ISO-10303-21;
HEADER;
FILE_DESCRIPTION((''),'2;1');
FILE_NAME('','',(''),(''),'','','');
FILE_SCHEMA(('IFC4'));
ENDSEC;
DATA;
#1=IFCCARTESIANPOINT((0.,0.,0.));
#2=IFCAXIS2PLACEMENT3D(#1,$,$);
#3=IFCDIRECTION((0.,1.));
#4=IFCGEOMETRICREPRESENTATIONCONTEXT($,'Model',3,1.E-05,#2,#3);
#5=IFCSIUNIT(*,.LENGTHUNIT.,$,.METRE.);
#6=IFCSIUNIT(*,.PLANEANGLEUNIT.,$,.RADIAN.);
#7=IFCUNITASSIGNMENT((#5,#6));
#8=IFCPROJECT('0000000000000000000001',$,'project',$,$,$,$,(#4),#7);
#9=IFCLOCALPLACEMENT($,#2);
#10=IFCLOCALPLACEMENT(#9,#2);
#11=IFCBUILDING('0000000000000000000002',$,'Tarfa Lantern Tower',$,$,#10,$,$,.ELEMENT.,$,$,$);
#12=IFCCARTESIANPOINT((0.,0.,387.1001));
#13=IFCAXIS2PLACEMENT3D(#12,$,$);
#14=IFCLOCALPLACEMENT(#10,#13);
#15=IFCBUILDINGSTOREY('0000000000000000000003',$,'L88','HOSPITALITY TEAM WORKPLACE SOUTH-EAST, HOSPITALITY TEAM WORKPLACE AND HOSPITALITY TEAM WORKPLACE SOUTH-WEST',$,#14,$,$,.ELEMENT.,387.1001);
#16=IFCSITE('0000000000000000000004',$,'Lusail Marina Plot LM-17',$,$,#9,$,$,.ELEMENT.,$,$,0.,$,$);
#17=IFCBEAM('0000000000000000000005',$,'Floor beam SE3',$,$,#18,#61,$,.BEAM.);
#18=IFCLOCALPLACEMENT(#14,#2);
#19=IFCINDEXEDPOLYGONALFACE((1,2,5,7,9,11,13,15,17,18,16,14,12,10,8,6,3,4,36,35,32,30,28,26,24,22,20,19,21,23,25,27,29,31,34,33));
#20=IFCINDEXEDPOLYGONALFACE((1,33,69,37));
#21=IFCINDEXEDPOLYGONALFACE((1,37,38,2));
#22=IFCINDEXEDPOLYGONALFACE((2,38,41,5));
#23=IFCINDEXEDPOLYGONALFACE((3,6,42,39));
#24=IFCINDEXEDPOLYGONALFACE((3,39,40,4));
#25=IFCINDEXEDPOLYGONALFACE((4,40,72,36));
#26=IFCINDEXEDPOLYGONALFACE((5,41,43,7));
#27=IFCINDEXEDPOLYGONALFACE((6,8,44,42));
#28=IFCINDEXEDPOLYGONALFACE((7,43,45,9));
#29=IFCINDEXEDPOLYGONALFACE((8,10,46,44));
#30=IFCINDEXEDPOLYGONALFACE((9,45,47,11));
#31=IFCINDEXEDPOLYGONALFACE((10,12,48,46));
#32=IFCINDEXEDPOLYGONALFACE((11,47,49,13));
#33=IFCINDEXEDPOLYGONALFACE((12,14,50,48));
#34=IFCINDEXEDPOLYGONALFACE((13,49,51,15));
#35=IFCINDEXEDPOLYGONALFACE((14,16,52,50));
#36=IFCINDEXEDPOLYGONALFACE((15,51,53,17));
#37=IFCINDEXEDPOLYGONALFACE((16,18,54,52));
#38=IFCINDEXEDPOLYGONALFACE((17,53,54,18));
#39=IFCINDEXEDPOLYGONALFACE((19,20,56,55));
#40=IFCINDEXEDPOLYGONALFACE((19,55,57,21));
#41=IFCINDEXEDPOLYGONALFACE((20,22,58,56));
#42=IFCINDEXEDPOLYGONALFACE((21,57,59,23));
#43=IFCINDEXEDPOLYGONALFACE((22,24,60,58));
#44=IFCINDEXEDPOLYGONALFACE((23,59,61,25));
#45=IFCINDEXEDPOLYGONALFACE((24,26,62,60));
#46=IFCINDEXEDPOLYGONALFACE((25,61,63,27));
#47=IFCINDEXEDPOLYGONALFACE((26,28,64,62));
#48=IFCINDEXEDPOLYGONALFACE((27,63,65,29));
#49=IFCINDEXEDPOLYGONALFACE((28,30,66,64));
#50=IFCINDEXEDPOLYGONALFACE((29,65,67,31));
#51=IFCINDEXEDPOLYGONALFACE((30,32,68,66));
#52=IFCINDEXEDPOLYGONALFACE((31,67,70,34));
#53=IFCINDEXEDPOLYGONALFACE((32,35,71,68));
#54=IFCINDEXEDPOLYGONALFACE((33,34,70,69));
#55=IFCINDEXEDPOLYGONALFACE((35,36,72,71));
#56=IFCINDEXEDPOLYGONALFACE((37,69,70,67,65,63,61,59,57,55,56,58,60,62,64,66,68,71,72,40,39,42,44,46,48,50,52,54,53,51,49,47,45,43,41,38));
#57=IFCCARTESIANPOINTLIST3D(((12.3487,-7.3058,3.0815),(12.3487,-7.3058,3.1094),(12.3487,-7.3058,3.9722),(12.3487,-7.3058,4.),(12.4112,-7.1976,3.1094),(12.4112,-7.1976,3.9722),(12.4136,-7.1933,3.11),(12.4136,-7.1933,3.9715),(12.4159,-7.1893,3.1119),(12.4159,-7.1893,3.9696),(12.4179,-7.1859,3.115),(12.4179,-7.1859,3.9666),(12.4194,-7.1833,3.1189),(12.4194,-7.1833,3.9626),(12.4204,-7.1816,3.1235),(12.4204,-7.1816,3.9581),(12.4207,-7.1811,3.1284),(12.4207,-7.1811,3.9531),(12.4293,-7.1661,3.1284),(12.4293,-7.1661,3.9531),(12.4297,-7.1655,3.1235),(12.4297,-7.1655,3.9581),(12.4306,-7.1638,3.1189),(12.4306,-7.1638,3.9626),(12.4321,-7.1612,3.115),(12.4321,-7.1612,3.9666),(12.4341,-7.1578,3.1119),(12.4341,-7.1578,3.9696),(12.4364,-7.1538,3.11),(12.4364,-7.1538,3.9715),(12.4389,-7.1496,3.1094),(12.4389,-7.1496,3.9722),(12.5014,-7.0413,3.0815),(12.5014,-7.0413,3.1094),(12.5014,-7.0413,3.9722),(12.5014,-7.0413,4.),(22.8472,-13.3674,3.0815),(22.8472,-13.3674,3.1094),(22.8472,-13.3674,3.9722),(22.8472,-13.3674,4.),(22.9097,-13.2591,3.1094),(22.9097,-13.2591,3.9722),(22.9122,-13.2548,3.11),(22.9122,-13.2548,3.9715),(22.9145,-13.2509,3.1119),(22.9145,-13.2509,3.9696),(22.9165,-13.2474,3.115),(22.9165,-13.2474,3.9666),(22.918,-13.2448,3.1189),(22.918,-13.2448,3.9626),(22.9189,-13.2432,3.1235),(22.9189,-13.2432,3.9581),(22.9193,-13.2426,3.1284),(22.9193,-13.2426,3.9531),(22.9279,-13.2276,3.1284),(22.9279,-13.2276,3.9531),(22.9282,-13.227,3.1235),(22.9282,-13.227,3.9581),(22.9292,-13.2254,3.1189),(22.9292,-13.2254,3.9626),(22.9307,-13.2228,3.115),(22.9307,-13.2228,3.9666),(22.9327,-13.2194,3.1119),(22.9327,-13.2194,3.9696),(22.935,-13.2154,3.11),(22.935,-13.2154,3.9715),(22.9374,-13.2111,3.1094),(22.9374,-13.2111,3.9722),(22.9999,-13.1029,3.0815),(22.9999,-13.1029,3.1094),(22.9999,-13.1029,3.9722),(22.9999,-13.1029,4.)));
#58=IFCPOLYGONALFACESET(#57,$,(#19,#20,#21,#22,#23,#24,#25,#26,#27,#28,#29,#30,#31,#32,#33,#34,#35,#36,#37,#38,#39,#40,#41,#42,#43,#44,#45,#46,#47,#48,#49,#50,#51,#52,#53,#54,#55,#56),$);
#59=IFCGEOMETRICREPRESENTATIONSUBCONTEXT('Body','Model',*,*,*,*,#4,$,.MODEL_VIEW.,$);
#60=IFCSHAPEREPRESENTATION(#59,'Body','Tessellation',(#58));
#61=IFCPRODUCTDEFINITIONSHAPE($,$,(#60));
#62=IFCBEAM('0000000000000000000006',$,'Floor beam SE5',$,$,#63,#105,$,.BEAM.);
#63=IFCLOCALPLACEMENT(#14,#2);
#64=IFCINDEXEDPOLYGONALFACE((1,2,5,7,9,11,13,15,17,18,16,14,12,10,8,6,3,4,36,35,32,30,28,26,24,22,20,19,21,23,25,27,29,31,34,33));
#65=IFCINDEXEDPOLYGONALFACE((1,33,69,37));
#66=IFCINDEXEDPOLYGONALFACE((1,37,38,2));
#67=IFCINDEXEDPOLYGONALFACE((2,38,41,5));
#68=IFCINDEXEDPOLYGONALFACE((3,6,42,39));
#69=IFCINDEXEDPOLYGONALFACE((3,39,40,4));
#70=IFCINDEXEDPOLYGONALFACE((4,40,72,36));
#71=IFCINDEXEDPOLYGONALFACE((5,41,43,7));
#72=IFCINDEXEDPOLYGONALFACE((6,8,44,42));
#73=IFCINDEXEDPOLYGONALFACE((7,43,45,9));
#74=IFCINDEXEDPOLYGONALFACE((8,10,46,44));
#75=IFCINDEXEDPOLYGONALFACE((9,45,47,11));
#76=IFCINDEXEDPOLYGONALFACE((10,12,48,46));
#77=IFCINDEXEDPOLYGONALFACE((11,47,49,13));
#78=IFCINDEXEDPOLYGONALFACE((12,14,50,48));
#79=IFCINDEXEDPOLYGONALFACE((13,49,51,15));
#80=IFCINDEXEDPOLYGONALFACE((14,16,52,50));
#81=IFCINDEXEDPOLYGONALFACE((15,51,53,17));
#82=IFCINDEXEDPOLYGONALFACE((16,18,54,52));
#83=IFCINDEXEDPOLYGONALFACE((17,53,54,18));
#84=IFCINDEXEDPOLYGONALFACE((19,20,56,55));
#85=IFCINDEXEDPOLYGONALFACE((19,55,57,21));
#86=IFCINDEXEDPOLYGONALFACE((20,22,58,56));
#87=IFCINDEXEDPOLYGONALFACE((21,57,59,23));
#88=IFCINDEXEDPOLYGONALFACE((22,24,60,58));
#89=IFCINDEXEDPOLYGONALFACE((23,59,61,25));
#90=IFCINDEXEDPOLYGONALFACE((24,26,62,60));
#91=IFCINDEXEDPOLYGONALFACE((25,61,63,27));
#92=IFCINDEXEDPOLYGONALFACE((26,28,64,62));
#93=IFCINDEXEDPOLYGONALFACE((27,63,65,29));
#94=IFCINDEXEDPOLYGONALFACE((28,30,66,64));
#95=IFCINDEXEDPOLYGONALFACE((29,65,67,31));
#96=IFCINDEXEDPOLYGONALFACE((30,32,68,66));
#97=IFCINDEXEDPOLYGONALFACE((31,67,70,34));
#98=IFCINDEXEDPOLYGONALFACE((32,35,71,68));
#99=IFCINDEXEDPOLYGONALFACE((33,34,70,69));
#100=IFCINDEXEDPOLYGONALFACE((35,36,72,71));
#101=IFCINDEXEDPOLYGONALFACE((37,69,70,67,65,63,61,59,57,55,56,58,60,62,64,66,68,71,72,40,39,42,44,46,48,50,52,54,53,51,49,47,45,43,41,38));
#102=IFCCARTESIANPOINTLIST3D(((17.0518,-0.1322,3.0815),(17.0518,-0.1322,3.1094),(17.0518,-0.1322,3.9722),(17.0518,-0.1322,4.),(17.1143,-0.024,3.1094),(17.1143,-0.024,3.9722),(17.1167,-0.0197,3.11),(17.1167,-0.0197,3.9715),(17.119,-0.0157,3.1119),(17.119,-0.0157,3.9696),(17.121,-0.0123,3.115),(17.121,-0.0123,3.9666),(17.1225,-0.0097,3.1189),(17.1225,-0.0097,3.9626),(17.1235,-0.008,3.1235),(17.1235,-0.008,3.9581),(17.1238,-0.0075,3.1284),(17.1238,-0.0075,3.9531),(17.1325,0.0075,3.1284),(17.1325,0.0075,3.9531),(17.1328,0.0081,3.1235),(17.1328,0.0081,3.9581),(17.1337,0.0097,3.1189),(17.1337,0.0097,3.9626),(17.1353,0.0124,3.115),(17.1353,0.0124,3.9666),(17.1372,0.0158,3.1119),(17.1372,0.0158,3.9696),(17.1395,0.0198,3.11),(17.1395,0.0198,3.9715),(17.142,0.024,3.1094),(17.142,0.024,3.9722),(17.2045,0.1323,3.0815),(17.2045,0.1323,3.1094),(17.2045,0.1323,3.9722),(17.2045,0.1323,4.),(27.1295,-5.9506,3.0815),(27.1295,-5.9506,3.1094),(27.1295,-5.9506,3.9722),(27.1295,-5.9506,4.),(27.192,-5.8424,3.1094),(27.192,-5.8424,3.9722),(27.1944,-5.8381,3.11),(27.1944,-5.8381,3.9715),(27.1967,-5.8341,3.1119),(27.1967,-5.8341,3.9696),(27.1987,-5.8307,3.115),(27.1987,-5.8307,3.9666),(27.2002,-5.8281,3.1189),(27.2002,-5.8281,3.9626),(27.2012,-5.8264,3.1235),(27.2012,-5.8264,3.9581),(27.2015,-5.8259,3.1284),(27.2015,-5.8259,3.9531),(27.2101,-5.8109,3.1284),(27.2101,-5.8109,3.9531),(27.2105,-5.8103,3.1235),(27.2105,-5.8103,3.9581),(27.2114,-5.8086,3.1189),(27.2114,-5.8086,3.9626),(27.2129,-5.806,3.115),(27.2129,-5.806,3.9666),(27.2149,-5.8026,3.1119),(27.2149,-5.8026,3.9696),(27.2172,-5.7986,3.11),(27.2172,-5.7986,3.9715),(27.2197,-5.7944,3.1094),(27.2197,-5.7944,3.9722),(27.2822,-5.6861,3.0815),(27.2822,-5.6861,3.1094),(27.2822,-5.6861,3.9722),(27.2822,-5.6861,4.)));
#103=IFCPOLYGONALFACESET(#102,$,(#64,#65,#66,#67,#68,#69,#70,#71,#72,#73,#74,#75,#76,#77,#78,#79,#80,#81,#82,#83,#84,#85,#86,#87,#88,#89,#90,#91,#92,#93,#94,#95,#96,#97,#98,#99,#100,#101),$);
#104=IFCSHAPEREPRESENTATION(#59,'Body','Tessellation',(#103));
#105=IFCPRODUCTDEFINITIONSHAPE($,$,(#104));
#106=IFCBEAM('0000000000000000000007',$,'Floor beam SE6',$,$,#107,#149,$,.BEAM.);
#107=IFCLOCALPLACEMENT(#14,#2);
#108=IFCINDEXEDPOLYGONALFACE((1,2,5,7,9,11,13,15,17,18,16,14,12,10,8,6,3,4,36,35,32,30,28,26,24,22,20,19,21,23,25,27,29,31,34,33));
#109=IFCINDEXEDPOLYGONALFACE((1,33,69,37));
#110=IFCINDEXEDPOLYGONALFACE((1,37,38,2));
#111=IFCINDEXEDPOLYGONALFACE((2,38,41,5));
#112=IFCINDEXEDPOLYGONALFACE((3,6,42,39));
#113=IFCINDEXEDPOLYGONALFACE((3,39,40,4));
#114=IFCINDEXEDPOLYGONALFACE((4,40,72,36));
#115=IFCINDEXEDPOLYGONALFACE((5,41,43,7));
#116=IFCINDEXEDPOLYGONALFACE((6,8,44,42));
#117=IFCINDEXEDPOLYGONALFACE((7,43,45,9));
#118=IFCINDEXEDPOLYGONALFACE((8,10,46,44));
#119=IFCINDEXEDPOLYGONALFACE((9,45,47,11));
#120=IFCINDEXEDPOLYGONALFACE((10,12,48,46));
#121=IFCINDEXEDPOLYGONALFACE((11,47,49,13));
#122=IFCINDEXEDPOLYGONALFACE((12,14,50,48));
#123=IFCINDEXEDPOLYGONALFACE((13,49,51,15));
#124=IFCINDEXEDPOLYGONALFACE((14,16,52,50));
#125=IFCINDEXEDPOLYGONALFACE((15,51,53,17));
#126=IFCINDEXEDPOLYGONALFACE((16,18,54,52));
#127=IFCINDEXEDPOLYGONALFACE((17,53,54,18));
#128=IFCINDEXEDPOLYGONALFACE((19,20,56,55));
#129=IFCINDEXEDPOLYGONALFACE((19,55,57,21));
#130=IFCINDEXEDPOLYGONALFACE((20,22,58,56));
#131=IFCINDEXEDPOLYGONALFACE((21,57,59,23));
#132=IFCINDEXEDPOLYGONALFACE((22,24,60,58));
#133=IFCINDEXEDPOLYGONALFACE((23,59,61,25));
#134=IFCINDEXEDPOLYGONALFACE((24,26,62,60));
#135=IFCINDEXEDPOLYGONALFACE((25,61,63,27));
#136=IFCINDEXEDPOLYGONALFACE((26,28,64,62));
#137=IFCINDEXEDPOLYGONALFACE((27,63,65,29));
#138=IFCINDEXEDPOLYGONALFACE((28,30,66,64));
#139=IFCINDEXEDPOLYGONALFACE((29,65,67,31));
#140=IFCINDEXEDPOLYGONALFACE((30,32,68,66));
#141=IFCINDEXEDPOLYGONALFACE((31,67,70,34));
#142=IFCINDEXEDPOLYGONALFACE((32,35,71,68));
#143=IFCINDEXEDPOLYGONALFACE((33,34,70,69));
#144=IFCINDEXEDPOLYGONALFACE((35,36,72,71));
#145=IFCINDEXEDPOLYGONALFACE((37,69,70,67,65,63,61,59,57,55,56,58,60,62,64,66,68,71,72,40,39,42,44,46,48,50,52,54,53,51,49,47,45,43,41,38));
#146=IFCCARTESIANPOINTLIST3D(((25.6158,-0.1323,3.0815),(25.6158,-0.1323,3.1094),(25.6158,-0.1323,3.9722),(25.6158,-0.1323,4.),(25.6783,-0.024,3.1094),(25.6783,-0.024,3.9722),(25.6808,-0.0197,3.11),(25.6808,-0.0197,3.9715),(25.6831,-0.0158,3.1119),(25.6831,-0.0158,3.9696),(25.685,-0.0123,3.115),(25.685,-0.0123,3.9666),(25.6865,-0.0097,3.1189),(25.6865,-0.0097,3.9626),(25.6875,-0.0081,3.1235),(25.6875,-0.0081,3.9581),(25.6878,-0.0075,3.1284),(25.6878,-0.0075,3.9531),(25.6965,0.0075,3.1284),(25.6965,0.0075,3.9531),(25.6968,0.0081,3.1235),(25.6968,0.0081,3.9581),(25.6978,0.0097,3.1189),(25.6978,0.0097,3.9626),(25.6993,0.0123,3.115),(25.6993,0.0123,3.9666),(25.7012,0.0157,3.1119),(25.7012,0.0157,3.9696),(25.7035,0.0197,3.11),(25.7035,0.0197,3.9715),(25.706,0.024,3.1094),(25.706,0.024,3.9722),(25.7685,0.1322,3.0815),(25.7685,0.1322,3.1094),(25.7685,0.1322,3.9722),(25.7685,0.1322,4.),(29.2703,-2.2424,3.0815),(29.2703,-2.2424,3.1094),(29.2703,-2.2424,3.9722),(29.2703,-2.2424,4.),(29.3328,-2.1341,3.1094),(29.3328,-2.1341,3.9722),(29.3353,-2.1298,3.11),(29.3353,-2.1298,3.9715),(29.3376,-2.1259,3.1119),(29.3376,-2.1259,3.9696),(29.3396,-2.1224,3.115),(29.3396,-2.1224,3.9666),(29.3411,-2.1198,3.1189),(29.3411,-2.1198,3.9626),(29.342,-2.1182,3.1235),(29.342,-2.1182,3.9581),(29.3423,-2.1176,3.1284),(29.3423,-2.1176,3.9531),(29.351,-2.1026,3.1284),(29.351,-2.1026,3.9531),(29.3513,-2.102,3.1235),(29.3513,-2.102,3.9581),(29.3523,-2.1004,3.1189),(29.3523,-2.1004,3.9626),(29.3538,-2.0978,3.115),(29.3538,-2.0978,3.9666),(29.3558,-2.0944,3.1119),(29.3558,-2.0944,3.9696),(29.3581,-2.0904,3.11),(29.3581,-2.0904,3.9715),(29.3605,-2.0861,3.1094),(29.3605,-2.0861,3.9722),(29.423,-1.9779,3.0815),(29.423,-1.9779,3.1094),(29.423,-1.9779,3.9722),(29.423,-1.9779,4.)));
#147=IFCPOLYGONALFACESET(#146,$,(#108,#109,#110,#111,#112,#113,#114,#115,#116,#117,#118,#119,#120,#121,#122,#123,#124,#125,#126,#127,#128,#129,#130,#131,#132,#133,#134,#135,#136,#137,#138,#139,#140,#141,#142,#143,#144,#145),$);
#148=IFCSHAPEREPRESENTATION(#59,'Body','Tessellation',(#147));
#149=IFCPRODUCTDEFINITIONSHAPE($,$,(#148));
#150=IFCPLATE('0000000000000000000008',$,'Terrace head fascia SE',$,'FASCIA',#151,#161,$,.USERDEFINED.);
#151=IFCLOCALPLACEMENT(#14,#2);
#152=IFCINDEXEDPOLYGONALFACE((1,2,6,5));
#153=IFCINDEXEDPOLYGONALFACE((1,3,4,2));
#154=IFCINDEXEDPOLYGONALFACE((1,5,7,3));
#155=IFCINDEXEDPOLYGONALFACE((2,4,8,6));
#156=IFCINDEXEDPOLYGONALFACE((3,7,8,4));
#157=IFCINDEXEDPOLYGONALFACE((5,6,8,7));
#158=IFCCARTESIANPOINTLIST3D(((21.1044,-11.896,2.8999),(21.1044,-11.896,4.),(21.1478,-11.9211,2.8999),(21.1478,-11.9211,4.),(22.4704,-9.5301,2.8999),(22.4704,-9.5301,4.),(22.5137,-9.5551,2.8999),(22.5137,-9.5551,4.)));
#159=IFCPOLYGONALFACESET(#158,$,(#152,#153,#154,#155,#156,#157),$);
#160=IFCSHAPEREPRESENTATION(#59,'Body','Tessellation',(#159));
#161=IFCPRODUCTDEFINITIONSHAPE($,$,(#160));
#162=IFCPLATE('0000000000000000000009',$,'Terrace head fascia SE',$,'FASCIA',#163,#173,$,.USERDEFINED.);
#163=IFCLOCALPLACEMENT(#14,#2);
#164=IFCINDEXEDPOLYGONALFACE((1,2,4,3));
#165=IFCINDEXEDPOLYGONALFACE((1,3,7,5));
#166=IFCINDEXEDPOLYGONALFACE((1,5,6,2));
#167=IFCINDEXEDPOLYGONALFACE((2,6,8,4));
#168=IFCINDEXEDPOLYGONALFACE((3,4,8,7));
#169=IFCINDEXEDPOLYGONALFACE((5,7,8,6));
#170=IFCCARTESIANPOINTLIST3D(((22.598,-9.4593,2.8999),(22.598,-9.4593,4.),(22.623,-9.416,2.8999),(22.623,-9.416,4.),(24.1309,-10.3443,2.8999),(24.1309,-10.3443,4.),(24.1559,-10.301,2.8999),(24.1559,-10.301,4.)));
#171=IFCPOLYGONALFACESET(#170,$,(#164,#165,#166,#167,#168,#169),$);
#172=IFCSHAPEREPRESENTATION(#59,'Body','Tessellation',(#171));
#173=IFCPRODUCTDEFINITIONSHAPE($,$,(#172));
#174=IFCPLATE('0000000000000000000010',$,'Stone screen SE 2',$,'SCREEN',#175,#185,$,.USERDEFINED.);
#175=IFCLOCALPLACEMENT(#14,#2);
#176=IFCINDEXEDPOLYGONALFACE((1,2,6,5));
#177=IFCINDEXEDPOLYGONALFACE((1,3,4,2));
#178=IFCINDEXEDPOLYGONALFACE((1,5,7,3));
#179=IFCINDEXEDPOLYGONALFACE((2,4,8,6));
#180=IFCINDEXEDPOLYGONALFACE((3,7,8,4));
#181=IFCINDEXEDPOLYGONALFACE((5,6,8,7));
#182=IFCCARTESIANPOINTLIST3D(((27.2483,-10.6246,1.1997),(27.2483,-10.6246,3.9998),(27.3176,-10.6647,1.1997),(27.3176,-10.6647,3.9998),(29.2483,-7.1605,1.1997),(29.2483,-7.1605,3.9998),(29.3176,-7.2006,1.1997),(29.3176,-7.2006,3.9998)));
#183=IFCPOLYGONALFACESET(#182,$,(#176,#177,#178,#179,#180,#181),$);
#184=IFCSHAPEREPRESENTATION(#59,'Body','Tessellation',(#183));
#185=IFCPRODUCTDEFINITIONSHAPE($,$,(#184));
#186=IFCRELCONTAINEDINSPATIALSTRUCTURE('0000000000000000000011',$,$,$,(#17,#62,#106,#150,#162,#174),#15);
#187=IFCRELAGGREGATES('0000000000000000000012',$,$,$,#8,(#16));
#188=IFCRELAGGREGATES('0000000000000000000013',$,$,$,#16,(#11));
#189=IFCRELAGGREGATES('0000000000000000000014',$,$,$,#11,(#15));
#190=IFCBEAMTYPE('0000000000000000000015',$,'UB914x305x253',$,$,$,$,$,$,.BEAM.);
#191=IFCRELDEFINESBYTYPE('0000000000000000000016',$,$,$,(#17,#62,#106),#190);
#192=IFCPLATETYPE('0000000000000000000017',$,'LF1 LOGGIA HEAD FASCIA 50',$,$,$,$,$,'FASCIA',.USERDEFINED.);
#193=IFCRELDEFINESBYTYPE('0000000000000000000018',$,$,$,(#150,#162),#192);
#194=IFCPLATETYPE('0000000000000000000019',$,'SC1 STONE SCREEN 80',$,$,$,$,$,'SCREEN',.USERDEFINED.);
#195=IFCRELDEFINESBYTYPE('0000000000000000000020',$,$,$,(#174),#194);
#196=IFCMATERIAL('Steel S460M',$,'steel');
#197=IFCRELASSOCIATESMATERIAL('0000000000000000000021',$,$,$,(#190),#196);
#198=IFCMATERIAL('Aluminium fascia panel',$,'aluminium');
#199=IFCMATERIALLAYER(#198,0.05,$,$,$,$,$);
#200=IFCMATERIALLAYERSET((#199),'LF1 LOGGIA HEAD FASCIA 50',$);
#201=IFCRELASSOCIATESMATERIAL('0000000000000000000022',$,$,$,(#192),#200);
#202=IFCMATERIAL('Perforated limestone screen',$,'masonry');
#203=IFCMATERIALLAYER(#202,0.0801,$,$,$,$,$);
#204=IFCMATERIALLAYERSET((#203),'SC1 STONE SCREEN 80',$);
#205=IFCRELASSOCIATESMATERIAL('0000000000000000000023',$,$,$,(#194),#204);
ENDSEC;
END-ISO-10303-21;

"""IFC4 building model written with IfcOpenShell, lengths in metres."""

from ifc_helpers import new_model, si_unit, direction, frame, origin, origin_2d, place, context, subcontext, project, spatial, rectangle, i_section, extrude, material, layer, layer_set, material_profile, profile_set, type_object, element, save


model = new_model("IFC4")

# Units and contexts
model_context = context("Model", 3, precision=1e-05, world=origin(), true_north=direction((0.0, 1.0)))
body_context = subcontext(model_context, "Body", "Model", "MODEL_VIEW")
ifc_project = project(units=[si_unit("LENGTHUNIT", "METRE"), si_unit("PLANEANGLEUNIT", "RADIAN")], contexts=[model_context])

# Site, building, storey
site_placement = place(None, origin())
site = spatial("IfcSite", under=ifc_project, at=site_placement, Name="Lusail Marina Plot LM-17", CompositionType="ELEMENT", RefElevation=0.0)
building_placement = place(site_placement, origin())
building = spatial("IfcBuilding", under=site, at=building_placement, Name="Tarfa Lantern Tower", CompositionType="ELEMENT")
storey_placement = place(building_placement, frame((0.0, 0.0, 387.1001)))
storey = spatial("IfcBuildingStorey", under=building, at=storey_placement, Name="L88", Description="HOSPITALITY TEAM WORKPLACE SOUTH-EAST, HOSPITALITY TEAM WORKPLACE AND HOSPITALITY TEAM WORKPLACE SOUTH-WEST", CompositionType="ELEMENT", Elevation=387.1001)

# Beams
ifc_material_1 = material(Name="Steel S460M", Category="steel")
ifc_material_profile_1 = material_profile(ifc_material_1, i_section(OverallWidth=0.3054, OverallDepth=0.9185, WebThickness=0.0173, FlangeThickness=0.0278, FilletRadius=0.019, at=origin_2d()), Name="UB914x305x253")
ifc_profile_set_1 = profile_set([ifc_material_profile_1], Name="Steel S460M")
beam_type_1 = type_object("IfcBeamType", Name="UB914x305x253", PredefinedType="BEAM", material=ifc_profile_set_1)
beam_1_placement = place(storey_placement, frame((22.9236, -13.2351, 3.5408), z_axis=(-0.866019, 0.500012, 0.0), x_axis=(-0.500012, -0.866019, 0.0)))
element("IfcBeam", 1, at=beam_1_placement, inside=storey, type_object=beam_type_1, Name="Floor beam SE3", PredefinedType="BEAM", context=body_context, shape_type="SweptSolid", body=[
    extrude(i_section(OverallWidth=0.3054, OverallDepth=0.9185, WebThickness=0.0173, FlangeThickness=0.0278, FilletRadius=0.019, at=origin_2d()), origin(), (0.0, 0.0, 1.0), 12.1228),
])
beam_2_placement = place(storey_placement, frame((27.2058, -5.8184, 3.5408), z_axis=(-0.866024, 0.500002, 0.0), x_axis=(-0.500002, -0.866024, 0.0)))
element("IfcBeam", 2, at=beam_2_placement, inside=storey, type_object=beam_type_1, Name="Floor beam SE5", PredefinedType="BEAM", context=body_context, shape_type="SweptSolid", body=[
    extrude(i_section(OverallWidth=0.3054, OverallDepth=0.9185, WebThickness=0.0173, FlangeThickness=0.0278, FilletRadius=0.019, at=origin_2d()), origin(), (0.0, 0.0, 1.0), 11.6367),
])
beam_3_placement = place(storey_placement, frame((29.3467, -2.1101, 3.5408), z_axis=(-0.866009, 0.500028, 0.0), x_axis=(-0.500028, -0.866009, 0.0)))
element("IfcBeam", 3, at=beam_3_placement, inside=storey, type_object=beam_type_1, Name="Floor beam SE6", PredefinedType="BEAM", context=body_context, shape_type="SweptSolid", body=[
    extrude(i_section(OverallWidth=0.3054, OverallDepth=0.9185, WebThickness=0.0173, FlangeThickness=0.0278, FilletRadius=0.019, at=origin_2d()), origin(), (0.0, 0.0, 1.0), 4.22),
])

# Plates
ifc_material_2 = material(Name="Aluminium fascia panel", Category="aluminium")
ifc_layer_1 = layer(ifc_material_2, 0.05)
ifc_layer_set_1 = layer_set([ifc_layer_1], Name="LF1 LOGGIA HEAD FASCIA 50")
plate_type_1 = type_object("IfcPlateType", Name="LF1 LOGGIA HEAD FASCIA 50", ElementType="FASCIA", PredefinedType="USERDEFINED", material=ifc_layer_set_1)
plate_1_placement = place(storey_placement, frame((21.8091, -10.7256, 2.8999), z_axis=(0.0, 0.0, 1.0), x_axis=(0.5, 0.866025, 0.0)))
element("IfcPlate", 4, at=plate_1_placement, inside=storey, type_object=plate_type_1, Name="Terrace head fascia SE", ObjectType="FASCIA", PredefinedType="USERDEFINED", context=body_context, shape_type="SweptSolid", body=[
    extrude(rectangle(XDim=2.7319, YDim=0.05, at=origin_2d()), origin(), (0.0, 0.0, 1.0), 1.1001),
])
plate_2_placement = place(storey_placement, frame((23.377, -9.8801, 2.8999), z_axis=(0.0, 0.0, 1.0), x_axis=(-0.866025, 0.5, 0.0)))
element("IfcPlate", 5, at=plate_2_placement, inside=storey, type_object=plate_type_1, Name="Terrace head fascia SE", ObjectType="FASCIA", PredefinedType="USERDEFINED", context=body_context, shape_type="SweptSolid", body=[
    extrude(rectangle(XDim=1.77, YDim=0.05, at=origin_2d()), origin(), (0.0, 0.0, 1.0), 1.1001),
])
ifc_material_3 = material(Name="Perforated limestone screen", Category="masonry")
ifc_layer_2 = layer(ifc_material_3, 0.0801)
ifc_layer_set_2 = layer_set([ifc_layer_2], Name="SC1 STONE SCREEN 80")
plate_type_2 = type_object("IfcPlateType", Name="SC1 STONE SCREEN 80", ElementType="SCREEN", PredefinedType="USERDEFINED", material=ifc_layer_set_2)
plate_3_placement = place(storey_placement, frame((28.283, -8.9126, 1.1997), z_axis=(0.0, 0.0, 1.0), x_axis=(0.5, 0.866025, 0.0)))
element("IfcPlate", 6, at=plate_3_placement, inside=storey, type_object=plate_type_2, Name="Stone screen SE 2", ObjectType="SCREEN", PredefinedType="USERDEFINED", context=body_context, shape_type="SweptSolid", body=[
    extrude(rectangle(XDim=4.0, YDim=0.0801, at=origin_2d()), origin(), (0.0, 0.0, 1.0), 2.8),
])

save(model, "model.ifc")
